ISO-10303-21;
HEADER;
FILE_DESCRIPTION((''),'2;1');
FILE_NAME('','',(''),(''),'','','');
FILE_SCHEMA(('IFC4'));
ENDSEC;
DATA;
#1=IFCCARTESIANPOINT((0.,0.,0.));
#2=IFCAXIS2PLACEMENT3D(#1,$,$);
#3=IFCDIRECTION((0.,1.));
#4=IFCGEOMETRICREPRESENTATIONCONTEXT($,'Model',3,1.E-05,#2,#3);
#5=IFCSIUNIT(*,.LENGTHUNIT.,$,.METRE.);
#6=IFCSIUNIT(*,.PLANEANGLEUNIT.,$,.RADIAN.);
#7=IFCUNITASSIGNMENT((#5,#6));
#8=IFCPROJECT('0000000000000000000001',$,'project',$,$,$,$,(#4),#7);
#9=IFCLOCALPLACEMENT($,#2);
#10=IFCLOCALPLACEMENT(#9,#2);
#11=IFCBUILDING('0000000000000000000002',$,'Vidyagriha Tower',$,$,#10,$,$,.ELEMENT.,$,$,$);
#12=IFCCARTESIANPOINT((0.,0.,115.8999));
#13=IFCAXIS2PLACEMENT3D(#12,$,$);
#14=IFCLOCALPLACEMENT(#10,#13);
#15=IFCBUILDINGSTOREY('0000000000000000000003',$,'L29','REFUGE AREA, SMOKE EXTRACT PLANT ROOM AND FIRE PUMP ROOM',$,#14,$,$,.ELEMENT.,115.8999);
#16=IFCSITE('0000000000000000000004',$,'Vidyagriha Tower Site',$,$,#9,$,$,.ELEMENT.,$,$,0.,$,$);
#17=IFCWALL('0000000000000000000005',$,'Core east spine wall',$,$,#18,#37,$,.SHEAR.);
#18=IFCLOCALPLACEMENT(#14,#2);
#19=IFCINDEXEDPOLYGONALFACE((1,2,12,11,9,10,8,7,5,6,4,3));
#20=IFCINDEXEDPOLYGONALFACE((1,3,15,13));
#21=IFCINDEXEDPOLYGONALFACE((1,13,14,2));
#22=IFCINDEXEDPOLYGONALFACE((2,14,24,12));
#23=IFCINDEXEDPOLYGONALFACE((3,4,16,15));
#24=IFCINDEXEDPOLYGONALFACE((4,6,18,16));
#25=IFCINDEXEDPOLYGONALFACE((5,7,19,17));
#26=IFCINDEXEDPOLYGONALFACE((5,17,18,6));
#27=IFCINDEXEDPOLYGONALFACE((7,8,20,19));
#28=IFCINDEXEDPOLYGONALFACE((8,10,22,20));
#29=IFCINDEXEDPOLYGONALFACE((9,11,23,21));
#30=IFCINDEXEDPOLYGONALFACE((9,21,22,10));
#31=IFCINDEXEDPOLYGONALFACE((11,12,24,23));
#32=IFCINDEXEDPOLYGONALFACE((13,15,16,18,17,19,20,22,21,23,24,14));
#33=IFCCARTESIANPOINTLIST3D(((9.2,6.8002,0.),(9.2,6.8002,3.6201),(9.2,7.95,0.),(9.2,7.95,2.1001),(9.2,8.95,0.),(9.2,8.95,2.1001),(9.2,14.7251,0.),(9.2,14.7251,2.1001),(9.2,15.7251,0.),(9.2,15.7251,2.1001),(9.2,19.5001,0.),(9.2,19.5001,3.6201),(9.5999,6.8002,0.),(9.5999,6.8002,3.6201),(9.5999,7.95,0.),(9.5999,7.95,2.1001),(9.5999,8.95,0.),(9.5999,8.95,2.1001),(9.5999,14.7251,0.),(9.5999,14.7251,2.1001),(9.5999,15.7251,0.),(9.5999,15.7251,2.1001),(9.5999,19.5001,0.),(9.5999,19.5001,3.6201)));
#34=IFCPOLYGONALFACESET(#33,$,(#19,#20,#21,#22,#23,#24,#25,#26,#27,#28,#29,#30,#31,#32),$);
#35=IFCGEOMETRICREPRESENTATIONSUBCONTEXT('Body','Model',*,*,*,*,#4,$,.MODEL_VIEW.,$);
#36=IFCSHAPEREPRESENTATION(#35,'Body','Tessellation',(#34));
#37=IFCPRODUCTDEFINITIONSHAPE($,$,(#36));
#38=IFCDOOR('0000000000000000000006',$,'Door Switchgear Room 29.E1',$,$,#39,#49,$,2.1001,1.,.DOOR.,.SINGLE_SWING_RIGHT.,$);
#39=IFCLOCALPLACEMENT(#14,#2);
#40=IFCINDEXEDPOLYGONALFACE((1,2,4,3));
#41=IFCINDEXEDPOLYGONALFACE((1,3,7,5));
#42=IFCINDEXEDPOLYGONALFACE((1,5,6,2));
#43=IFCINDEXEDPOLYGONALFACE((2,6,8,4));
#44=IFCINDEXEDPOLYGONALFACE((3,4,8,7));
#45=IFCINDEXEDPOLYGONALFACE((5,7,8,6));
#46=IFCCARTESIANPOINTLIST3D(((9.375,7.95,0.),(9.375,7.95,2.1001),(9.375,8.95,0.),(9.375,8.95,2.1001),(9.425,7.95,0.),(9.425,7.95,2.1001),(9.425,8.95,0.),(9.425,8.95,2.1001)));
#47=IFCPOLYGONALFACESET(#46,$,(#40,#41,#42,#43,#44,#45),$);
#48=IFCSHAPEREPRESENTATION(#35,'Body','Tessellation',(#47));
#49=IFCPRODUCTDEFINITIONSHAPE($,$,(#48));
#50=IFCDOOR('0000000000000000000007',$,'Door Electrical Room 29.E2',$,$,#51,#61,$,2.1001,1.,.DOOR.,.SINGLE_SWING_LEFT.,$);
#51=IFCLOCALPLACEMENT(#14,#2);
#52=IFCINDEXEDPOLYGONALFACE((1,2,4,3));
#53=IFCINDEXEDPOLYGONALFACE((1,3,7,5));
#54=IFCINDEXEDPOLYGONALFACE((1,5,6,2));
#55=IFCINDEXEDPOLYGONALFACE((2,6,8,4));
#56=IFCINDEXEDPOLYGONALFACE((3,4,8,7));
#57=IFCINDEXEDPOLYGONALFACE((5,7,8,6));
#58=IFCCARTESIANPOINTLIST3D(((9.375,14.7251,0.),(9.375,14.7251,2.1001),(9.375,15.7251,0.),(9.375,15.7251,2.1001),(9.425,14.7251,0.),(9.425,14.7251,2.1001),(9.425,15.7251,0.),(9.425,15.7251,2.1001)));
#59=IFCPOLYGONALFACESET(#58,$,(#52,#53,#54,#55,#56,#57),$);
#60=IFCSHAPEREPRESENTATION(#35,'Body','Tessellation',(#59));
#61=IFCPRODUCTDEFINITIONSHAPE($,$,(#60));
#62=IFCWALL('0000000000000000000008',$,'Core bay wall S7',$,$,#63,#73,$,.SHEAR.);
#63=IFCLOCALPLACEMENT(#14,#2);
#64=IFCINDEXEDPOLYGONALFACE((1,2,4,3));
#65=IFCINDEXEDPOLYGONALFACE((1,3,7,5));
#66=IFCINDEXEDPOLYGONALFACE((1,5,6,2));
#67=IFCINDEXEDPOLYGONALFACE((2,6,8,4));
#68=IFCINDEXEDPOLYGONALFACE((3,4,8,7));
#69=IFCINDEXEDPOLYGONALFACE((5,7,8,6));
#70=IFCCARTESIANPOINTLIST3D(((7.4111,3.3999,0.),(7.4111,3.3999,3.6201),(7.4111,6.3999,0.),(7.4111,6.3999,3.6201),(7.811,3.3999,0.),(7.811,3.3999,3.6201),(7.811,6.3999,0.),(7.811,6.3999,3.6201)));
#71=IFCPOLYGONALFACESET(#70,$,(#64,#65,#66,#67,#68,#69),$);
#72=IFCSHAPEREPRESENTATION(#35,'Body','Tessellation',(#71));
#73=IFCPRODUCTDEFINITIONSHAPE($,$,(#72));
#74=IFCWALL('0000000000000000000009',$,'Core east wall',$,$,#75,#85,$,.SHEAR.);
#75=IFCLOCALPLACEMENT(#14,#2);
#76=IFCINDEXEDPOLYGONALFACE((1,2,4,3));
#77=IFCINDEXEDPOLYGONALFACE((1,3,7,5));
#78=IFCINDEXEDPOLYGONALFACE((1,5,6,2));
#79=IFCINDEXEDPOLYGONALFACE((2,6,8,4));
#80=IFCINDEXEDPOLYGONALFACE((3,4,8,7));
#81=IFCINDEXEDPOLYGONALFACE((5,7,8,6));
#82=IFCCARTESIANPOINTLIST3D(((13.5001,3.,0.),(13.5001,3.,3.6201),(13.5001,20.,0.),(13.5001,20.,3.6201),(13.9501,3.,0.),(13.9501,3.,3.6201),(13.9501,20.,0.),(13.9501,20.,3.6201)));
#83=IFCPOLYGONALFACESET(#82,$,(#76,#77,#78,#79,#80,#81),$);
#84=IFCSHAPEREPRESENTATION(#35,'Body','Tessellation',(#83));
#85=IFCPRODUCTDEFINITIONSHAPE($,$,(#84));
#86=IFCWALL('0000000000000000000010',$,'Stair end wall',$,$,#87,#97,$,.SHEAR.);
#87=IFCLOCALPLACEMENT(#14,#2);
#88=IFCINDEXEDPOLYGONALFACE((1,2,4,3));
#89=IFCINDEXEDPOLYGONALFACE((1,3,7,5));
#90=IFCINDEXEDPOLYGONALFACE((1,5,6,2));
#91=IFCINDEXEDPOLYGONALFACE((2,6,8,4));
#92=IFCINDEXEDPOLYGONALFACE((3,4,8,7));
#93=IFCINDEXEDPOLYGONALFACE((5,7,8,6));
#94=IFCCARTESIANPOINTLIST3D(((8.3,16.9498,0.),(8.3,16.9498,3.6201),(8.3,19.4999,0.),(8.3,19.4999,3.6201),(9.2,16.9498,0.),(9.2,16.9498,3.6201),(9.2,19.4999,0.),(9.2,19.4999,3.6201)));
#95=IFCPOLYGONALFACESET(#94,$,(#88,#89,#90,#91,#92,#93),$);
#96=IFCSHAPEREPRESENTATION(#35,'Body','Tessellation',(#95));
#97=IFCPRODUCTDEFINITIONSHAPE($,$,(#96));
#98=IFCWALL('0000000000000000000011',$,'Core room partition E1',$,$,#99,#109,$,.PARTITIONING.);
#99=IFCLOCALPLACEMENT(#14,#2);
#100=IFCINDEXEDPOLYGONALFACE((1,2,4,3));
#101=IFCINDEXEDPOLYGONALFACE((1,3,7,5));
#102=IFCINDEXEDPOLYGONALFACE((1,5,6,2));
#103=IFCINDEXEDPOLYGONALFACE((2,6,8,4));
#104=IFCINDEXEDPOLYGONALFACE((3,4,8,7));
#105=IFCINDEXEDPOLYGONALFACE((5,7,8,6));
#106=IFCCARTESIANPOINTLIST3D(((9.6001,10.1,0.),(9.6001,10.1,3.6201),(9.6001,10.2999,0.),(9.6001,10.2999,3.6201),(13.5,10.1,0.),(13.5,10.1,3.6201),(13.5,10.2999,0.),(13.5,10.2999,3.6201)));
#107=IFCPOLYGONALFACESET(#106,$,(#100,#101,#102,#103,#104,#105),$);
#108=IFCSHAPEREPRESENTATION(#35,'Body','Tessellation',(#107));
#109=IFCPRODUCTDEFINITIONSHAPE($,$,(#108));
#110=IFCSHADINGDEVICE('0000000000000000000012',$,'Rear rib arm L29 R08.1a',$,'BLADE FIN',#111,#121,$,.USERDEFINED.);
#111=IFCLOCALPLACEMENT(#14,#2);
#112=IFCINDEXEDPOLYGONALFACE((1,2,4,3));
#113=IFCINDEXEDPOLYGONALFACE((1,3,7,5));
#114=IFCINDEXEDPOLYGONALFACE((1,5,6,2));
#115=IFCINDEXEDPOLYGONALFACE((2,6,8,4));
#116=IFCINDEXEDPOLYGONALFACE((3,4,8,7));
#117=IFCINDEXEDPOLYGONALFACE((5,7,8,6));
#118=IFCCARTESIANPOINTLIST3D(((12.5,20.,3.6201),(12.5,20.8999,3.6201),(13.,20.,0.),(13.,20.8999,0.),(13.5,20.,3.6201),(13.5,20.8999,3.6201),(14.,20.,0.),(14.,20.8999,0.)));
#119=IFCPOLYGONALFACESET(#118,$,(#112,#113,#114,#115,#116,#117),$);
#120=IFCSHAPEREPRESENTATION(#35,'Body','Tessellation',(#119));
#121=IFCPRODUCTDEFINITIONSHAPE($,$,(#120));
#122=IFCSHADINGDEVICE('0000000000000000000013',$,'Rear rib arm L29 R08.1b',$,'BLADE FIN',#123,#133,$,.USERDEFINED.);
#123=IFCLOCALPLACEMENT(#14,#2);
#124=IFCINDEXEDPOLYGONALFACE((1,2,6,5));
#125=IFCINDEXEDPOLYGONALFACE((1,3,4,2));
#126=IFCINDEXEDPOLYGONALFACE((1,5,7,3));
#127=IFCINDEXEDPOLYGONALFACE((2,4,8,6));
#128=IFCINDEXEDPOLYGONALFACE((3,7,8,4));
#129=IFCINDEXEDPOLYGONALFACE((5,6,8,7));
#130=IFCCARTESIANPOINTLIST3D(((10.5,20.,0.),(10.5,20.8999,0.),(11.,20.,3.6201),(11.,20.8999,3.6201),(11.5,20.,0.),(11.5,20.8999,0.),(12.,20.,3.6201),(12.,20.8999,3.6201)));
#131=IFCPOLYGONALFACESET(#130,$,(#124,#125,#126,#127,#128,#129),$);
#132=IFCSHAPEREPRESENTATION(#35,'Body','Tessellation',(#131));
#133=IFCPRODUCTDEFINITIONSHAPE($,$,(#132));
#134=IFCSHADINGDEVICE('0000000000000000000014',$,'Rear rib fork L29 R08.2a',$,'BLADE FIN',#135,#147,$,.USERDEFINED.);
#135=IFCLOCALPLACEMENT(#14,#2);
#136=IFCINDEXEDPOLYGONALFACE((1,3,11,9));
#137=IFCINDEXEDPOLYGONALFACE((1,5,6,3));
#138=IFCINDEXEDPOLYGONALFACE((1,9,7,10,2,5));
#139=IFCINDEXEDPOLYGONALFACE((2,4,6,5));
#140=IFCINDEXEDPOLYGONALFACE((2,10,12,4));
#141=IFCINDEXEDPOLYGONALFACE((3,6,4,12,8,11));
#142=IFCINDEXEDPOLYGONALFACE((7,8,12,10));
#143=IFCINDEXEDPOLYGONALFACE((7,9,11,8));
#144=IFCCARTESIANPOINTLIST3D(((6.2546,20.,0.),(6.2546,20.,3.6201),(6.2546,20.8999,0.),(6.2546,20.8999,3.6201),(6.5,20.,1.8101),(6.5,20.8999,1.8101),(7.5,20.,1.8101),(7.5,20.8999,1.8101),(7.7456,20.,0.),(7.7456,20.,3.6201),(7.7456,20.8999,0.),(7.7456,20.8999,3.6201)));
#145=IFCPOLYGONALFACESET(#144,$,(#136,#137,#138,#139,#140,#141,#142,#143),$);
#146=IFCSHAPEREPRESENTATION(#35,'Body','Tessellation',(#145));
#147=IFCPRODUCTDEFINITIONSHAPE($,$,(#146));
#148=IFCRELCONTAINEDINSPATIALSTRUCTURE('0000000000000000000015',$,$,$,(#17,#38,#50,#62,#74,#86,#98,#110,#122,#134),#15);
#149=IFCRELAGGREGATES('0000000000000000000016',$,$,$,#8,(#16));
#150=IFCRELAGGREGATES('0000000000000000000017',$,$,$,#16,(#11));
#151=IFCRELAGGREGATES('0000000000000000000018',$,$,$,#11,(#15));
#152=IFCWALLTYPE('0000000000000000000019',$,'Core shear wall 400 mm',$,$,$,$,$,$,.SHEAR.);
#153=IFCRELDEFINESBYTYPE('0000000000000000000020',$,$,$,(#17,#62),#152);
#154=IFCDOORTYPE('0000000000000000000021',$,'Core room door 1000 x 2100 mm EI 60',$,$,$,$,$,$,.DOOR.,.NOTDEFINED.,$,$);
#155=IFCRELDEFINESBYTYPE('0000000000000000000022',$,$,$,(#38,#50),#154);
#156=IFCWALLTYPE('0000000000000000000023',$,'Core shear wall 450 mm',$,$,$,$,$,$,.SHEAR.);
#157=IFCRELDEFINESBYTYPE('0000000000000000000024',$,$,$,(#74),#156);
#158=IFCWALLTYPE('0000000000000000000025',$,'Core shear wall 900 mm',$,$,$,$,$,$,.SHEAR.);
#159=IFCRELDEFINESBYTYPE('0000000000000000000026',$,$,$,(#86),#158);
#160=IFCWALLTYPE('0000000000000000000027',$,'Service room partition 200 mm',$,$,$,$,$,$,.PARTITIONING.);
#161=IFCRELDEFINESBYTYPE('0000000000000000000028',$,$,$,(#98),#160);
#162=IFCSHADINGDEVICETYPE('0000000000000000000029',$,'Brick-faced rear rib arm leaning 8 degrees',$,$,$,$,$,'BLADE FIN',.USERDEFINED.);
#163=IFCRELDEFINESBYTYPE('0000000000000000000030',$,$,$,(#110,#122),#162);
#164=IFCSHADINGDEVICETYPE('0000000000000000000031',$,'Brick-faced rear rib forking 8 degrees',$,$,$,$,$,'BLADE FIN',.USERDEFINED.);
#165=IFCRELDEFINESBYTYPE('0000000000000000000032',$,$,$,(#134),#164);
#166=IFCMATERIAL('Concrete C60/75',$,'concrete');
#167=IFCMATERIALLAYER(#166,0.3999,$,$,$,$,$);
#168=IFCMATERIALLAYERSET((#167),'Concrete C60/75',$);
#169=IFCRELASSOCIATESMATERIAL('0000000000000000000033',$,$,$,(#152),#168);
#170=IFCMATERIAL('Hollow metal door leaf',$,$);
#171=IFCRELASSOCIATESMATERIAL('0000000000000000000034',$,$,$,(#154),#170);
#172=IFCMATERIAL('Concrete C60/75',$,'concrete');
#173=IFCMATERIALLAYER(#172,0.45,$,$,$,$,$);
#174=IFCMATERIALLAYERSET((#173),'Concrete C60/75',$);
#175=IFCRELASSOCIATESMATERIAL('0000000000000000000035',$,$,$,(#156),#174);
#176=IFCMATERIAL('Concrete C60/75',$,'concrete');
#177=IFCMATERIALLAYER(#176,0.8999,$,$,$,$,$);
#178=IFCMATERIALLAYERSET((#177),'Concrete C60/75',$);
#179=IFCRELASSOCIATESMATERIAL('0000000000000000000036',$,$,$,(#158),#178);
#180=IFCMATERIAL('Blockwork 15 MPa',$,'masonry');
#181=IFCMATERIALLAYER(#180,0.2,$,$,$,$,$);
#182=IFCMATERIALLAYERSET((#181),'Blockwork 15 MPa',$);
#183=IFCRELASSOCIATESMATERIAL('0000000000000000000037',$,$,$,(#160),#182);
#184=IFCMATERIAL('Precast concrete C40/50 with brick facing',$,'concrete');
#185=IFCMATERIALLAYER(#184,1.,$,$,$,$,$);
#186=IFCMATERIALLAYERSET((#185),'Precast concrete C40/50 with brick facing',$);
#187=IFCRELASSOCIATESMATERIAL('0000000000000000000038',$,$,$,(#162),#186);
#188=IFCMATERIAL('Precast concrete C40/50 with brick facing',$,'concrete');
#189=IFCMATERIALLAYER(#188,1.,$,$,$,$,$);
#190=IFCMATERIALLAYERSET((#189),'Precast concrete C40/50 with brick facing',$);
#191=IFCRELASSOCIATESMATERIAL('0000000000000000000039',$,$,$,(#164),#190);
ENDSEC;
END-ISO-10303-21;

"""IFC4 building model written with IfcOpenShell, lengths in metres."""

from ifc_helpers import new_model, si_unit, direction, frame, frame_2d, origin, place, context, subcontext, project, spatial, polyline, rectangle, outline, extrude, material, layer, layer_set, type_object, element, fill, save


model = new_model("IFC4")

# Units and contexts
model_context = context("Model", 3, precision=1e-05, world=origin(), true_north=direction((0.0, 1.0)))
body_context = subcontext(model_context, "Body", "Model", "MODEL_VIEW")
ifc_project = project(units=[si_unit("LENGTHUNIT", "METRE"), si_unit("PLANEANGLEUNIT", "RADIAN")], contexts=[model_context])

# Site, building, storey
site_placement = place(None, origin())
site = spatial("IfcSite", under=ifc_project, at=site_placement, Name="Vidyagriha Tower Site", CompositionType="ELEMENT", RefElevation=0.0)
building_placement = place(site_placement, origin())
building = spatial("IfcBuilding", under=site, at=building_placement, Name="Vidyagriha Tower", CompositionType="ELEMENT")
storey_placement = place(building_placement, frame((0.0, 0.0, 115.8999)))
storey = spatial("IfcBuildingStorey", under=building, at=storey_placement, Name="L29", Description="REFUGE AREA, SMOKE EXTRACT PLANT ROOM AND FIRE PUMP ROOM", CompositionType="ELEMENT", Elevation=115.8999)

# Wall, openings, doors
ifc_material_1 = material(Name="Concrete C60/75", Category="concrete")
ifc_layer_1 = layer(ifc_material_1, 0.3999)
ifc_layer_set_1 = layer_set([ifc_layer_1], Name="Concrete C60/75")
wall_type_1 = type_object("IfcWallType", Name="Core shear wall 400 mm", PredefinedType="SHEAR", material=ifc_layer_set_1)
wall_1_placement = place(storey_placement, frame((9.3999, 6.8, 0.0), z_axis=(0.0, 0.0, 1.0), x_axis=(0.0, 1.0, 0.0)))
wall_1 = element("IfcWall", 1, at=wall_1_placement, inside=storey, type_object=wall_type_1, Name="Core east spine wall", PredefinedType="SHEAR", context=body_context, shape_type="SweptSolid", body=[
    extrude(rectangle(XDim=12.7, YDim=0.3999, at=frame_2d((6.3501, 0.0))), origin(), (0.0, 0.0, 1.0), 3.6201),
])
opening_1_placement = place(wall_1_placement, frame((1.1499, 0.0, 0.0)))
opening_1 = element("IfcOpeningElement", 2, at=opening_1_placement, cuts=wall_1, PredefinedType="OPENING", context=body_context, shape_type="SweptSolid", body=[
    extrude(rectangle(XDim=1.0, YDim=2.1001, at=frame_2d((0.5, 1.05))), frame((0.0, 0.21, 0.0), z_axis=(0.0, -1.0, 0.0), x_axis=(1.0, 0.0, 0.0)), (0.0, 0.0, 1.0), 0.4199),
])
opening_2_placement = place(wall_1_placement, frame((7.925, 0.0, 0.0)))
opening_2 = element("IfcOpeningElement", 3, at=opening_2_placement, cuts=wall_1, PredefinedType="OPENING", context=body_context, shape_type="SweptSolid", body=[
    extrude(rectangle(XDim=1.0, YDim=2.1001, at=frame_2d((0.5, 1.05))), frame((0.0, 0.21, 0.0), z_axis=(0.0, -1.0, 0.0), x_axis=(1.0, 0.0, 0.0)), (0.0, 0.0, 1.0), 0.4199),
])
ifc_material_2 = material(Name="Hollow metal door leaf")
door_type = type_object("IfcDoorType", Name="Core room door 1000 x 2100 mm EI 60", OperationType="NOTDEFINED", PredefinedType="DOOR", material=ifc_material_2)
door_1_placement = place(opening_1_placement, origin())
door_1 = element("IfcDoor", 4, at=door_1_placement, inside=storey, type_object=door_type, Name="Door Switchgear Room 29.E1", OperationType="SINGLE_SWING_RIGHT", OverallHeight=2.1001, OverallWidth=1.0, PredefinedType="DOOR", context=body_context, shape_type="SweptSolid", body=[
    extrude(rectangle(XDim=1.0, YDim=2.1001, at=frame_2d((0.5, 1.05))), frame((0.0, 0.0249, 0.0), z_axis=(0.0, -1.0, 0.0), x_axis=(1.0, 0.0, 0.0)), (0.0, 0.0, 1.0), 0.05),
])
fill(opening_1, door_1)
door_2_placement = place(opening_2_placement, origin())
door_2 = element("IfcDoor", 5, at=door_2_placement, inside=storey, type_object=door_type, Name="Door Electrical Room 29.E2", OperationType="SINGLE_SWING_LEFT", OverallHeight=2.1001, OverallWidth=1.0, PredefinedType="DOOR", context=body_context, shape_type="SweptSolid", body=[
    extrude(rectangle(XDim=1.0, YDim=2.1001, at=frame_2d((0.5, 1.05))), frame((0.0, 0.0249, 0.0), z_axis=(0.0, -1.0, 0.0), x_axis=(1.0, 0.0, 0.0)), (0.0, 0.0, 1.0), 0.05),
])
fill(opening_2, door_2)

# Walls
wall_2_placement = place(storey_placement, frame((7.6111, 3.3999, 0.0), z_axis=(0.0, 0.0, 1.0), x_axis=(0.0, 1.0, 0.0)))
element("IfcWall", 6, at=wall_2_placement, inside=storey, type_object=wall_type_1, Name="Core bay wall S7", PredefinedType="SHEAR", context=body_context, shape_type="SweptSolid", body=[
    extrude(rectangle(XDim=3.0, YDim=0.3999, at=frame_2d((1.5, 0.0))), origin(), (0.0, 0.0, 1.0), 3.6201),
])
ifc_material_3 = material(Name="Concrete C60/75", Category="concrete")
ifc_layer_2 = layer(ifc_material_3, 0.45)
ifc_layer_set_2 = layer_set([ifc_layer_2], Name="Concrete C60/75")
wall_type_2 = type_object("IfcWallType", Name="Core shear wall 450 mm", PredefinedType="SHEAR", material=ifc_layer_set_2)
wall_3_placement = place(storey_placement, frame((13.7251, 3.0, 0.0), z_axis=(0.0, 0.0, 1.0), x_axis=(0.0, 1.0, 0.0)))
element("IfcWall", 7, at=wall_3_placement, inside=storey, type_object=wall_type_2, Name="Core east wall", PredefinedType="SHEAR", context=body_context, shape_type="SweptSolid", body=[
    extrude(rectangle(XDim=17.0, YDim=0.45, at=frame_2d((8.5, 0.0))), origin(), (0.0, 0.0, 1.0), 3.6201),
])
ifc_material_4 = material(Name="Concrete C60/75", Category="concrete")
ifc_layer_3 = layer(ifc_material_4, 0.8999)
ifc_layer_set_3 = layer_set([ifc_layer_3], Name="Concrete C60/75")
wall_type_3 = type_object("IfcWallType", Name="Core shear wall 900 mm", PredefinedType="SHEAR", material=ifc_layer_set_3)
wall_4_placement = place(storey_placement, frame((8.75, 16.95, 0.0), z_axis=(0.0, 0.0, 1.0), x_axis=(0.0, 1.0, 0.0)))
element("IfcWall", 8, at=wall_4_placement, inside=storey, type_object=wall_type_3, Name="Stair end wall", PredefinedType="SHEAR", context=body_context, shape_type="SweptSolid", body=[
    extrude(rectangle(XDim=2.55, YDim=0.8999, at=frame_2d((1.2749, 0.0))), origin(), (0.0, 0.0, 1.0), 3.6201),
])
ifc_material_5 = material(Name="Blockwork 15 MPa", Category="masonry")
ifc_layer_4 = layer(ifc_material_5, 0.2)
ifc_layer_set_4 = layer_set([ifc_layer_4], Name="Blockwork 15 MPa")
wall_type_4 = type_object("IfcWallType", Name="Service room partition 200 mm", PredefinedType="PARTITIONING", material=ifc_layer_set_4)
wall_5_placement = place(storey_placement, frame((9.6001, 10.2, 0.0)))
element("IfcWall", 9, at=wall_5_placement, inside=storey, type_object=wall_type_4, Name="Core room partition E1", PredefinedType="PARTITIONING", context=body_context, shape_type="SweptSolid", body=[
    extrude(rectangle(XDim=3.8999, YDim=0.2, at=frame_2d((1.95, 0.0))), origin(), (0.0, 0.0, 1.0), 3.6201),
])

# Shading devices
ifc_material_6 = material(Name="Precast concrete C40/50 with brick facing", Category="concrete")
ifc_layer_5 = layer(ifc_material_6, 1.0)
ifc_layer_set_5 = layer_set([ifc_layer_5], Name="Precast concrete C40/50 with brick facing")
shading_device_type_1 = type_object("IfcShadingDeviceType", Name="Brick-faced rear rib arm leaning 8 degrees", ElementType="BLADE FIN", PredefinedType="USERDEFINED", material=ifc_layer_set_5)
shading_device_1_placement = place(storey_placement, frame((14.0, 20.45, 0.0), z_axis=(0.0, 0.0, 1.0), x_axis=(-1.0, 0.0, 0.0)))
element("IfcShadingDevice", 10, at=shading_device_1_placement, inside=storey, type_object=shading_device_type_1, Name="Rear rib arm L29 R08.1a", ObjectType="BLADE FIN", PredefinedType="USERDEFINED", context=body_context, shape_type="SweptSolid", body=[
    extrude(outline(polyline([(0.0, 0.0), (1.0, 0.0), (1.5, 3.6201), (0.5, 3.6201), (0.0, 0.0)])), frame((0.0, 0.45, 0.0), z_axis=(0.0, -1.0, 0.0), x_axis=(1.0, 0.0, 0.0)), (0.0, 0.0, 1.0), 0.8999),
])
shading_device_2_placement = place(storey_placement, frame((12.0, 20.45, 0.0), z_axis=(0.0, 0.0, 1.0), x_axis=(-1.0, 0.0, 0.0)))
element("IfcShadingDevice", 11, at=shading_device_2_placement, inside=storey, type_object=shading_device_type_1, Name="Rear rib arm L29 R08.1b", ObjectType="BLADE FIN", PredefinedType="USERDEFINED", context=body_context, shape_type="SweptSolid", body=[
    extrude(outline(polyline([(0.5, 0.0), (1.5, 0.0), (1.0, 3.6201), (0.0, 3.6201), (0.5, 0.0)])), frame((0.0, 0.45, 0.0), z_axis=(0.0, -1.0, 0.0), x_axis=(1.0, 0.0, 0.0)), (0.0, 0.0, 1.0), 0.8999),
])
ifc_material_7 = material(Name="Precast concrete C40/50 with brick facing", Category="concrete")
ifc_layer_6 = layer(ifc_material_7, 1.0)
ifc_layer_set_6 = layer_set([ifc_layer_6], Name="Precast concrete C40/50 with brick facing")
shading_device_type_2 = type_object("IfcShadingDeviceType", Name="Brick-faced rear rib forking 8 degrees", ElementType="BLADE FIN", PredefinedType="USERDEFINED", material=ifc_layer_set_6)
shading_device_3_placement = place(storey_placement, frame((7.7456, 20.45, 0.0), z_axis=(0.0, 0.0, 1.0), x_axis=(-1.0, 0.0, 0.0)))
element("IfcShadingDevice", 12, at=shading_device_3_placement, inside=storey, type_object=shading_device_type_2, Name="Rear rib fork L29 R08.2a", ObjectType="BLADE FIN", PredefinedType="USERDEFINED", context=body_context, shape_type="SweptSolid", body=[
    extrude(outline(polyline([(0.0, 0.0), (1.491, 0.0), (1.2456, 1.8101), (1.491, 3.6201), (0.0, 3.6201), (0.2456, 1.8101), (0.0, 0.0)])), frame((0.0, 0.45, 0.0), z_axis=(0.0, -1.0, 0.0), x_axis=(1.0, 0.0, 0.0)), (0.0, 0.0, 1.0), 0.8999),
])

save(model, "model.ifc")
